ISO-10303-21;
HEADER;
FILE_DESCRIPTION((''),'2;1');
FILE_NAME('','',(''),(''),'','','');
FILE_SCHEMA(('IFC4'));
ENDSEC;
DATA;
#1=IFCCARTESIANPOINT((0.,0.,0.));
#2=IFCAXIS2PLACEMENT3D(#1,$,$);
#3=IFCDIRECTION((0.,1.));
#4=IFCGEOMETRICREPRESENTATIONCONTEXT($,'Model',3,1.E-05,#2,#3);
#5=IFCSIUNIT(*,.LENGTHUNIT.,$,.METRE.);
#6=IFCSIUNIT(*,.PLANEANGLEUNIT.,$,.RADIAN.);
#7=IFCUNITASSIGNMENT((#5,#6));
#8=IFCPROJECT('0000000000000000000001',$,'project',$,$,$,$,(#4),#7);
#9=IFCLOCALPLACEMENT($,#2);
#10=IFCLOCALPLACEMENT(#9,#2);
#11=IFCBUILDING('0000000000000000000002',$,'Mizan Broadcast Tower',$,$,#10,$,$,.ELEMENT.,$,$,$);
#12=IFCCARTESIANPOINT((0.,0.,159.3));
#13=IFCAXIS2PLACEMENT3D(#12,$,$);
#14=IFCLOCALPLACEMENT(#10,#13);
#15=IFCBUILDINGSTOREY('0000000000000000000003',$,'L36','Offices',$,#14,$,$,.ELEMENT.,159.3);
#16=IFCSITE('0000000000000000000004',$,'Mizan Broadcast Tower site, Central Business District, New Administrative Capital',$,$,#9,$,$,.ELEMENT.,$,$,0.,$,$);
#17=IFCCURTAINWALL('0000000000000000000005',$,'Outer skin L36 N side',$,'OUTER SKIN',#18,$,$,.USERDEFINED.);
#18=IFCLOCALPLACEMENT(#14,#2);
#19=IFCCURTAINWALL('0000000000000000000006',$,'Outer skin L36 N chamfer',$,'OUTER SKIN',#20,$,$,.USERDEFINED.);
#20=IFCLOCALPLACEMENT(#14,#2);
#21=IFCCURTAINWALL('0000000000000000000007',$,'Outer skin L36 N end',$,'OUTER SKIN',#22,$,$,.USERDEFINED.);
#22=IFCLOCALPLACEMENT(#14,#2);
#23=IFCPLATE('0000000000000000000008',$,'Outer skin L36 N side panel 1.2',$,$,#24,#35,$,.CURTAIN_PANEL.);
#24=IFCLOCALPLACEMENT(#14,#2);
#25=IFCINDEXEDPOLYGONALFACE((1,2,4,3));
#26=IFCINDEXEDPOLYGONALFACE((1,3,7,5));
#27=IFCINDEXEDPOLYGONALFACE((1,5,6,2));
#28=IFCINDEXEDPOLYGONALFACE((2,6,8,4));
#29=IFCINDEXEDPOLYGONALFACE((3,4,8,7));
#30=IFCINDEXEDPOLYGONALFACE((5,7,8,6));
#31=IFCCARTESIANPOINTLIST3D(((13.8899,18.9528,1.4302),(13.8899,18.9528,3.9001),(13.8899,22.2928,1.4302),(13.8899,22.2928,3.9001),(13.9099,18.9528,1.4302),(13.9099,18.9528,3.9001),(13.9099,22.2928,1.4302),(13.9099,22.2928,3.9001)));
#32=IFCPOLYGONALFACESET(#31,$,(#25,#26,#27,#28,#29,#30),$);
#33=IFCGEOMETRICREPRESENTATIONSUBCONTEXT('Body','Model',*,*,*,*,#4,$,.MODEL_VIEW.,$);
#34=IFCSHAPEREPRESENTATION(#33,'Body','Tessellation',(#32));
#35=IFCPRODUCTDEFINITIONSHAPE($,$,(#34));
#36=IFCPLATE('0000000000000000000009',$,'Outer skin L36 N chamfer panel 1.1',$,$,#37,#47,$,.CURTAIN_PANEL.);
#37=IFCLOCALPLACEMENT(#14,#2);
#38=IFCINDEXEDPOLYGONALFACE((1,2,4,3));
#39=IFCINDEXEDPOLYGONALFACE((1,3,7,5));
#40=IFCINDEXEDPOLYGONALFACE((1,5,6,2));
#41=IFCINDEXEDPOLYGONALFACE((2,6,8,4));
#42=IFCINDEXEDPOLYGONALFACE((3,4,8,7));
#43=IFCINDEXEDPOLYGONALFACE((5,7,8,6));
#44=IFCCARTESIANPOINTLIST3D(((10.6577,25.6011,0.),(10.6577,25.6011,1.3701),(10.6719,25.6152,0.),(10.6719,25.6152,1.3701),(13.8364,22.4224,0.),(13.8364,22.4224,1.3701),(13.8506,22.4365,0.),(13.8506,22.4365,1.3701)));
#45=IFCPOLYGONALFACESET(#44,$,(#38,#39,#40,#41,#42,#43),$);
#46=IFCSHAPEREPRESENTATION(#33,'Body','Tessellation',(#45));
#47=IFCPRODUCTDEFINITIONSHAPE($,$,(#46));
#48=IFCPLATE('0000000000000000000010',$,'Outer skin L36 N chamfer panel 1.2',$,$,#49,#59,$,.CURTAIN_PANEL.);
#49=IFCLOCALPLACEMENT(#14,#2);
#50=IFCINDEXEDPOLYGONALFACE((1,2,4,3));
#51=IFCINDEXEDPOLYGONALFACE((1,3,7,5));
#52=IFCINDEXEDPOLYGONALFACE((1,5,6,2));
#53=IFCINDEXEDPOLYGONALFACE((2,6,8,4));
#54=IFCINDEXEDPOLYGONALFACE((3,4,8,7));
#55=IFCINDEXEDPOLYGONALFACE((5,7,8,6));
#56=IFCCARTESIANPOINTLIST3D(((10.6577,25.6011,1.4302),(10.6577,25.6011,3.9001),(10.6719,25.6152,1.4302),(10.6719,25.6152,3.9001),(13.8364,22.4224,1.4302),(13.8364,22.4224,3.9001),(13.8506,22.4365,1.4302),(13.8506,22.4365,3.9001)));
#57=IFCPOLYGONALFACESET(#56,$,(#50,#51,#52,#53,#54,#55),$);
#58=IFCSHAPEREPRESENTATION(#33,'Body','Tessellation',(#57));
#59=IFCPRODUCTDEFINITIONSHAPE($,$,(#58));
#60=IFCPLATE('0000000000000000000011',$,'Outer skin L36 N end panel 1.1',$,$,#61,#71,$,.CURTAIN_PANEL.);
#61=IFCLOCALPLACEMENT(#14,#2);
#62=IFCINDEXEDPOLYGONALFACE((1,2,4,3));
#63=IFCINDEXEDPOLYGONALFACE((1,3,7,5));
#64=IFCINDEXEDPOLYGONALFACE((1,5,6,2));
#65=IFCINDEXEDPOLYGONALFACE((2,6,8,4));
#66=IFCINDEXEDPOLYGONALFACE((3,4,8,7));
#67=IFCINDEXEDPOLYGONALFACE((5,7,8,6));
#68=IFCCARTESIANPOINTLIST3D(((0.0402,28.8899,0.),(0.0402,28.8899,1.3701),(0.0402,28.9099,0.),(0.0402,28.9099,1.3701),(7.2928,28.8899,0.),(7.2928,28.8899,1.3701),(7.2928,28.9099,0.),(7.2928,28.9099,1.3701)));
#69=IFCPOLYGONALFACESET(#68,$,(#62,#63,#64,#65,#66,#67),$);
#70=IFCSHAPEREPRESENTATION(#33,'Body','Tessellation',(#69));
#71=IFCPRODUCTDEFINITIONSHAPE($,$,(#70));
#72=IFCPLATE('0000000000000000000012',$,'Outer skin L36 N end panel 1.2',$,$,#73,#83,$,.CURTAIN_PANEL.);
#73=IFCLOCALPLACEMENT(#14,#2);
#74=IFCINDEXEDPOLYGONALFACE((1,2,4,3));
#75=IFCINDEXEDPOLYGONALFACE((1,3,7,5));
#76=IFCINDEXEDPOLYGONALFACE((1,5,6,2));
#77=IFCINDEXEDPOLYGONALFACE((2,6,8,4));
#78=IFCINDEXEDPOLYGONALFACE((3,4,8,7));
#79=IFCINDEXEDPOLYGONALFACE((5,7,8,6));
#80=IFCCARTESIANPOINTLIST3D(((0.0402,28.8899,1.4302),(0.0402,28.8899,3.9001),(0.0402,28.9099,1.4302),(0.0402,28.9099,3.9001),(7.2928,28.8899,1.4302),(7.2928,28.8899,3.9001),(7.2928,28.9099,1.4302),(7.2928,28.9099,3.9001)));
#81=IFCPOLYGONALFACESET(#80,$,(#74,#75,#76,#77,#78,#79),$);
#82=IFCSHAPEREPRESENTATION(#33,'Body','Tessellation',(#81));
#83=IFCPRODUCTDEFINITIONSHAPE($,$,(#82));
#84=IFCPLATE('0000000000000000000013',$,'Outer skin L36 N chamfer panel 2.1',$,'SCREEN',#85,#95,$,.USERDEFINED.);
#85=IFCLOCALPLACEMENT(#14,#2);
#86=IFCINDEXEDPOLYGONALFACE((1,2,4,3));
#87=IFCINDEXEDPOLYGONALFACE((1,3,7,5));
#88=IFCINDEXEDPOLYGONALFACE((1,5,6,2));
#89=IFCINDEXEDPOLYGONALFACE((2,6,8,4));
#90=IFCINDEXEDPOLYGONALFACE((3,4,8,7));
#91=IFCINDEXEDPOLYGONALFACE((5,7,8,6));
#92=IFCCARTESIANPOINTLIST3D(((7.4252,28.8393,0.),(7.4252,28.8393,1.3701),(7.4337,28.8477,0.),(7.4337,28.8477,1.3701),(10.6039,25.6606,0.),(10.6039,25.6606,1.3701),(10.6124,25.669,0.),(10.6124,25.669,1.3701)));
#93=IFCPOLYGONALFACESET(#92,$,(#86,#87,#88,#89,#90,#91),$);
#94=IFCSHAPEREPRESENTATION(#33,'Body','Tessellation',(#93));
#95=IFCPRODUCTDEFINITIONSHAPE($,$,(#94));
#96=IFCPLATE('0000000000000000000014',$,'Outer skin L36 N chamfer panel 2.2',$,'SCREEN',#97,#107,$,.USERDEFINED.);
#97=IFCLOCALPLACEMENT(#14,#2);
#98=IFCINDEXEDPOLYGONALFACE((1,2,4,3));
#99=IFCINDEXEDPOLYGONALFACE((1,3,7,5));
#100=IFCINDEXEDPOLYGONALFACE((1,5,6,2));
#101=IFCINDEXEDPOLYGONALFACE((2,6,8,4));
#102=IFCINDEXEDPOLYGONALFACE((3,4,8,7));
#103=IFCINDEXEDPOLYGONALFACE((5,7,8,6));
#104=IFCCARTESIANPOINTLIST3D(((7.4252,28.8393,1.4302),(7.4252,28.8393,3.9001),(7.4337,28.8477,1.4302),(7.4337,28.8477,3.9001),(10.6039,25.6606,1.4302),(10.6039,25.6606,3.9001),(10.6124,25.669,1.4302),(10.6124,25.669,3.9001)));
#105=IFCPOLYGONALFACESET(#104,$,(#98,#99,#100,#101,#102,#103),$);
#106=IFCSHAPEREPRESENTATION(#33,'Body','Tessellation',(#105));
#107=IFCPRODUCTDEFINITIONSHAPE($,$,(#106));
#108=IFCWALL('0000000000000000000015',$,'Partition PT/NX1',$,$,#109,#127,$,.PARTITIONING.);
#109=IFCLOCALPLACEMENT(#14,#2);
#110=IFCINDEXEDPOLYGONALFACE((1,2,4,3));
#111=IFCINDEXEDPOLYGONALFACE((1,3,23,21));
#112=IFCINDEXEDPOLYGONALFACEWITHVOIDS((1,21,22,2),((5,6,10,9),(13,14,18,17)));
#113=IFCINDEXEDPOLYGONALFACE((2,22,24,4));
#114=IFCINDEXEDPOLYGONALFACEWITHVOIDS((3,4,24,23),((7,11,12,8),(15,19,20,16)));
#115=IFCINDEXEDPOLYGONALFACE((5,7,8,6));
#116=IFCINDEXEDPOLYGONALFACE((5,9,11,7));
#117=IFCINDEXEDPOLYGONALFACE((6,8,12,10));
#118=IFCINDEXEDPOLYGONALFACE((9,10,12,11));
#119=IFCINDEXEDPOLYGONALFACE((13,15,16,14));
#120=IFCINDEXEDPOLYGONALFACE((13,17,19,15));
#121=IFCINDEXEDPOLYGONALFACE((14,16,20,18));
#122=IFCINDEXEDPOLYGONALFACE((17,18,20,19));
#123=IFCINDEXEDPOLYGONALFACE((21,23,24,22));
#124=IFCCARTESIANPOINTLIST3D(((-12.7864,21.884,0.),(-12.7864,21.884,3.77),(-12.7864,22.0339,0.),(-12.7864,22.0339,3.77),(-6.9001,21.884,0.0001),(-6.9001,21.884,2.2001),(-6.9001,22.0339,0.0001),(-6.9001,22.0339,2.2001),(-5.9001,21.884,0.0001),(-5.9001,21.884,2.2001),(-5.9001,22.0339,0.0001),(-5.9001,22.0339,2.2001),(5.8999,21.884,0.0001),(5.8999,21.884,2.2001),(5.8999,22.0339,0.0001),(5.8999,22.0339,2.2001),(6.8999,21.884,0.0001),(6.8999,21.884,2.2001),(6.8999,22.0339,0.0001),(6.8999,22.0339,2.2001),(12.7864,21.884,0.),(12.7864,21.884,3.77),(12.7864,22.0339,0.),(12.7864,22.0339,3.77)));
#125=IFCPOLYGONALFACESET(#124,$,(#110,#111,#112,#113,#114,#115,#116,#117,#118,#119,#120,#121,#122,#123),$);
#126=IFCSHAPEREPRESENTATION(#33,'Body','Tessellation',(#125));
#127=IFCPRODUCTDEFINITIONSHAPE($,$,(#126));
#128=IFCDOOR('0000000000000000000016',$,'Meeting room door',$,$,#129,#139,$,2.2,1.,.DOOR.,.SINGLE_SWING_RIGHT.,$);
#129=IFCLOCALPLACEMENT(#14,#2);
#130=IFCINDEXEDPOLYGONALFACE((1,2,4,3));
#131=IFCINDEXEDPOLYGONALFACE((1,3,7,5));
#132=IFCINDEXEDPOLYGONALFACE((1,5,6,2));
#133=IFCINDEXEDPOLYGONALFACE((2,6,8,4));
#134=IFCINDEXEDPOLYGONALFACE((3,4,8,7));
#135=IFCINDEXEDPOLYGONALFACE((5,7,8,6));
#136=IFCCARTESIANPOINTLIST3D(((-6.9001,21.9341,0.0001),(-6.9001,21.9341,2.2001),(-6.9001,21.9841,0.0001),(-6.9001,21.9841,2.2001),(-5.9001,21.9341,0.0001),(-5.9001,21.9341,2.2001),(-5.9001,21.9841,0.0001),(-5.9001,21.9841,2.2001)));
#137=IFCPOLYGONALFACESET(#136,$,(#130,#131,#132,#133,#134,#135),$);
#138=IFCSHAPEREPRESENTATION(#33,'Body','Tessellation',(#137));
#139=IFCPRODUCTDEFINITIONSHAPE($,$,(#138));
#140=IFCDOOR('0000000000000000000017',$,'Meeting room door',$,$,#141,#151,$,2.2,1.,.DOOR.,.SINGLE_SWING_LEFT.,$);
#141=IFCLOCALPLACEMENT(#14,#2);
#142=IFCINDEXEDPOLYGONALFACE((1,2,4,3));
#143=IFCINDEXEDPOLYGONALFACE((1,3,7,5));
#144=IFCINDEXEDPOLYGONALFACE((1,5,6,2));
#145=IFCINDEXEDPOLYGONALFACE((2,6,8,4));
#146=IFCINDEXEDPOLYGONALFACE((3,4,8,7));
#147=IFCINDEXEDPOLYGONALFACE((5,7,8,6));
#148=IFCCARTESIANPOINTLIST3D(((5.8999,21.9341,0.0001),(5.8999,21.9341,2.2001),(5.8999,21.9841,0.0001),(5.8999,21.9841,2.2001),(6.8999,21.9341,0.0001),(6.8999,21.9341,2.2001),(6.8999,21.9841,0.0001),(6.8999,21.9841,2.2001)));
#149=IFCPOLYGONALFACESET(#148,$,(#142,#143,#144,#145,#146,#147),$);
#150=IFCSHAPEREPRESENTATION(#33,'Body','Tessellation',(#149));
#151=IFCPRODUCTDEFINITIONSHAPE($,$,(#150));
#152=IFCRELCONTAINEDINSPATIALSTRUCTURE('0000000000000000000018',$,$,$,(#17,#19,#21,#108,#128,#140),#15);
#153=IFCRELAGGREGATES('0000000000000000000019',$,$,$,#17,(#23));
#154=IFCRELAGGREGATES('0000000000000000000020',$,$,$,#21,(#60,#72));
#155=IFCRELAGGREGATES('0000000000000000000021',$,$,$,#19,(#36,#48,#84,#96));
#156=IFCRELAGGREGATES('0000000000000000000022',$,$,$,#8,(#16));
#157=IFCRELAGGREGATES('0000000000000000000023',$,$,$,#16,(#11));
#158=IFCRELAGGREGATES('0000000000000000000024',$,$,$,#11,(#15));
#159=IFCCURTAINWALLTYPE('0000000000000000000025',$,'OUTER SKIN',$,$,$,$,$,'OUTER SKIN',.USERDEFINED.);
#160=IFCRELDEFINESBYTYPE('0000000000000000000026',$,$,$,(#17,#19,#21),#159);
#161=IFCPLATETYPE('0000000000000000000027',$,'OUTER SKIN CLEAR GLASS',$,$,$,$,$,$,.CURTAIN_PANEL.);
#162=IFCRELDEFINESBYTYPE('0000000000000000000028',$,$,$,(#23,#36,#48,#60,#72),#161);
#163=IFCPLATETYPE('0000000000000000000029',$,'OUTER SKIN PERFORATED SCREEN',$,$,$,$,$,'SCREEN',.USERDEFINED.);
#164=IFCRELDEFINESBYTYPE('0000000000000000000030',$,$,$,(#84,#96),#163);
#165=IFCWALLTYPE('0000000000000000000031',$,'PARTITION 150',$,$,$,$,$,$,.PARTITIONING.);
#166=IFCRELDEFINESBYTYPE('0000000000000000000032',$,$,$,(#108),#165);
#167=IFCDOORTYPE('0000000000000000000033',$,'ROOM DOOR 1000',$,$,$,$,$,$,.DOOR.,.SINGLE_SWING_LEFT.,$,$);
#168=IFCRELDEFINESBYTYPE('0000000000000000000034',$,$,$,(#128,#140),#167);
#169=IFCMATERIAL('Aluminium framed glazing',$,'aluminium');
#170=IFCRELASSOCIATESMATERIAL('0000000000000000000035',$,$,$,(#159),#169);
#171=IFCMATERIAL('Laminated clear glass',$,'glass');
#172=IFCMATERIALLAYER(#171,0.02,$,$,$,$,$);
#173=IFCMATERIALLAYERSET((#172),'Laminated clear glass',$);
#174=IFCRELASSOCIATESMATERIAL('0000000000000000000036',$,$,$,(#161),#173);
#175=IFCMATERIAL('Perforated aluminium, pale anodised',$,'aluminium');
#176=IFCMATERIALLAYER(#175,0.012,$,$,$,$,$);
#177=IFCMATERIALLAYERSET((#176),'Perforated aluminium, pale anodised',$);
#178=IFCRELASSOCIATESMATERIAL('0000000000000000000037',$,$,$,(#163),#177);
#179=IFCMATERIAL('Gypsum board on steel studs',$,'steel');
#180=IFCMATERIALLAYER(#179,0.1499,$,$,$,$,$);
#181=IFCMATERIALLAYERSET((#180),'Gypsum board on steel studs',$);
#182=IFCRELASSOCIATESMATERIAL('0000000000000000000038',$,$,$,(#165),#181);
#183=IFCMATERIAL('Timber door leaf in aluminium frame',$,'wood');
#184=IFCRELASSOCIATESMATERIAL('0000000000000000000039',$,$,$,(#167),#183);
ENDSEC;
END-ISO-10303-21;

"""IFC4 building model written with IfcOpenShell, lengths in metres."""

from ifc_helpers import new_model, si_unit, direction, frame, frame_2d, origin, origin_2d, place, context, subcontext, project, spatial, rectangle, extrude, material, layer, layer_set, type_object, element, fill, aggregate, save


model = new_model("IFC4")

# Units and contexts
model_context = context("Model", 3, precision=1e-05, world=origin(), true_north=direction((0.0, 1.0)))
body_context = subcontext(model_context, "Body", "Model", "MODEL_VIEW")
ifc_project = project(units=[si_unit("LENGTHUNIT", "METRE"), si_unit("PLANEANGLEUNIT", "RADIAN")], contexts=[model_context])

# Site, building, storey
site_placement = place(None, origin())
site = spatial("IfcSite", under=ifc_project, at=site_placement, Name="Mizan Broadcast Tower site, Central Business District, New Administrative Capital", CompositionType="ELEMENT", RefElevation=0.0)
building_placement = place(site_placement, origin())
building = spatial("IfcBuilding", under=site, at=building_placement, Name="Mizan Broadcast Tower", CompositionType="ELEMENT")
storey_placement = place(building_placement, frame((0.0, 0.0, 159.3)))
storey = spatial("IfcBuildingStorey", under=building, at=storey_placement, Name="L36", Description="Offices", CompositionType="ELEMENT", Elevation=159.3)

# Curtain wall
ifc_material_1 = material(Name="Aluminium framed glazing", Category="aluminium")
curtain_wall_type_1 = type_object("IfcCurtainWallType", Name="OUTER SKIN", ElementType="OUTER SKIN", PredefinedType="USERDEFINED", material=ifc_material_1)
curtain_wall_1_placement = place(storey_placement, origin())
curtain_wall_1 = element("IfcCurtainWall", 1, at=curtain_wall_1_placement, inside=storey, type_object=curtain_wall_type_1, Name="Outer skin L36 N side", ObjectType="OUTER SKIN", PredefinedType="USERDEFINED")

# Curtain wall
curtain_wall_2_placement = place(storey_placement, origin())
curtain_wall_2 = element("IfcCurtainWall", 2, at=curtain_wall_2_placement, inside=storey, type_object=curtain_wall_type_1, Name="Outer skin L36 N chamfer", ObjectType="OUTER SKIN", PredefinedType="USERDEFINED")

# Curtain wall
curtain_wall_3_placement = place(storey_placement, origin())
curtain_wall_3 = element("IfcCurtainWall", 3, at=curtain_wall_3_placement, inside=storey, type_object=curtain_wall_type_1, Name="Outer skin L36 N end", ObjectType="OUTER SKIN", PredefinedType="USERDEFINED")

# Plates
ifc_material_2 = material(Name="Laminated clear glass", Category="glass")
ifc_layer_1 = layer(ifc_material_2, 0.02)
ifc_layer_set_1 = layer_set([ifc_layer_1], Name="Laminated clear glass")
plate_type_1 = type_object("IfcPlateType", Name="OUTER SKIN CLEAR GLASS", PredefinedType="CURTAIN_PANEL", material=ifc_layer_set_1)
plate_1_placement = place(storey_placement, frame((13.8999, 20.6228, 1.4302), z_axis=(0.0, 0.0, 1.0), x_axis=(0.0, 1.0, 0.0)))
plate_1 = element("IfcPlate", 4, at=plate_1_placement, type_object=plate_type_1, Name="Outer skin L36 N side panel 1.2", PredefinedType="CURTAIN_PANEL", context=body_context, shape_type="SweptSolid", body=[
    extrude(rectangle(XDim=3.3401, YDim=0.02, at=origin_2d()), origin(), (0.0, 0.0, 1.0), 2.47),
])
aggregate(curtain_wall_1, [plate_1])
plate_2_placement = place(storey_placement, frame((12.2542, 24.0188, 0.0), z_axis=(0.0, 0.0, 1.0), x_axis=(-0.707107, 0.707107, 0.0)))
plate_2 = element("IfcPlate", 5, at=plate_2_placement, type_object=plate_type_1, Name="Outer skin L36 N chamfer panel 1.1", PredefinedType="CURTAIN_PANEL", context=body_context, shape_type="SweptSolid", body=[
    extrude(rectangle(XDim=4.4954, YDim=0.02, at=origin_2d()), origin(), (0.0, 0.0, 1.0), 1.3701),
])
plate_3_placement = place(storey_placement, frame((12.2542, 24.0188, 1.4302), z_axis=(0.0, 0.0, 1.0), x_axis=(-0.707107, 0.707107, 0.0)))
plate_3 = element("IfcPlate", 6, at=plate_3_placement, type_object=plate_type_1, Name="Outer skin L36 N chamfer panel 1.2", PredefinedType="CURTAIN_PANEL", context=body_context, shape_type="SweptSolid", body=[
    extrude(rectangle(XDim=4.4954, YDim=0.02, at=origin_2d()), origin(), (0.0, 0.0, 1.0), 2.47),
])
plate_4_placement = place(storey_placement, frame((3.6665, 28.8999, 0.0), z_axis=(0.0, 0.0, 1.0), x_axis=(-1.0, 0.0, 0.0)))
plate_4 = element("IfcPlate", 7, at=plate_4_placement, type_object=plate_type_1, Name="Outer skin L36 N end panel 1.1", PredefinedType="CURTAIN_PANEL", context=body_context, shape_type="SweptSolid", body=[
    extrude(rectangle(XDim=7.2527, YDim=0.02, at=origin_2d()), origin(), (0.0, 0.0, 1.0), 1.3701),
])
plate_5_placement = place(storey_placement, frame((3.6665, 28.8999, 1.4302), z_axis=(0.0, 0.0, 1.0), x_axis=(-1.0, 0.0, 0.0)))
plate_5 = element("IfcPlate", 8, at=plate_5_placement, type_object=plate_type_1, Name="Outer skin L36 N end panel 1.2", PredefinedType="CURTAIN_PANEL", context=body_context, shape_type="SweptSolid", body=[
    extrude(rectangle(XDim=7.2527, YDim=0.02, at=origin_2d()), origin(), (0.0, 0.0, 1.0), 2.47),
])
aggregate(curtain_wall_3, [plate_4, plate_5])
ifc_material_3 = material(Name="Perforated aluminium, pale anodised", Category="aluminium")
ifc_layer_2 = layer(ifc_material_3, 0.012)
ifc_layer_set_2 = layer_set([ifc_layer_2], Name="Perforated aluminium, pale anodised")
plate_type_2 = type_object("IfcPlateType", Name="OUTER SKIN PERFORATED SCREEN", ElementType="SCREEN", PredefinedType="USERDEFINED", material=ifc_layer_set_2)
plate_6_placement = place(storey_placement, frame((9.0188, 27.2542, 0.0), z_axis=(0.0, 0.0, 1.0), x_axis=(-0.707107, 0.707107, 0.0)))
plate_6 = element("IfcPlate", 9, at=plate_6_placement, type_object=plate_type_2, Name="Outer skin L36 N chamfer panel 2.1", ObjectType="SCREEN", PredefinedType="USERDEFINED", context=body_context, shape_type="SweptSolid", body=[
    extrude(rectangle(XDim=4.4954, YDim=0.012, at=origin_2d()), origin(), (0.0, 0.0, 1.0), 1.3701),
])
plate_7_placement = place(storey_placement, frame((9.0188, 27.2542, 1.4302), z_axis=(0.0, 0.0, 1.0), x_axis=(-0.707107, 0.707107, 0.0)))
plate_7 = element("IfcPlate", 10, at=plate_7_placement, type_object=plate_type_2, Name="Outer skin L36 N chamfer panel 2.2", ObjectType="SCREEN", PredefinedType="USERDEFINED", context=body_context, shape_type="SweptSolid", body=[
    extrude(rectangle(XDim=4.4954, YDim=0.012, at=origin_2d()), origin(), (0.0, 0.0, 1.0), 2.47),
])
aggregate(curtain_wall_2, [plate_2, plate_3, plate_6, plate_7])

# Wall, openings, doors
ifc_material_4 = material(Name="Gypsum board on steel studs", Category="steel")
ifc_layer_3 = layer(ifc_material_4, 0.1499)
ifc_layer_set_3 = layer_set([ifc_layer_3], Name="Gypsum board on steel studs")
wall_type = type_object("IfcWallType", Name="PARTITION 150", PredefinedType="PARTITIONING", material=ifc_layer_set_3)
wall_placement = place(storey_placement, frame((12.7864, 21.959, 0.0), z_axis=(0.0, 0.0, 1.0), x_axis=(-1.0, 0.0, 0.0)))
wall = element("IfcWall", 11, at=wall_placement, inside=storey, type_object=wall_type, Name="Partition PT/NX1", PredefinedType="PARTITIONING", context=body_context, shape_type="SweptSolid", body=[
    extrude(rectangle(XDim=25.5728, YDim=0.1499, at=frame_2d((12.7864, 0.0))), origin(), (0.0, 0.0, 1.0), 3.77),
])
opening_1_placement = place(wall_placement, frame((18.6865, 0.0, 0.0)))
opening_1 = element("IfcOpeningElement", 12, at=opening_1_placement, cuts=wall, PredefinedType="OPENING", context=body_context, shape_type="SweptSolid", body=[
    extrude(rectangle(XDim=1.0, YDim=2.2, at=frame_2d((0.5, 1.1001))), frame((0.0, 0.085, 0.0), z_axis=(0.0, -1.0, 0.0), x_axis=(1.0, 0.0, 0.0)), (0.0, 0.0, 1.0), 0.1699),
])
opening_2_placement = place(wall_placement, frame((5.8865, 0.0, 0.0)))
opening_2 = element("IfcOpeningElement", 13, at=opening_2_placement, cuts=wall, PredefinedType="OPENING", context=body_context, shape_type="SweptSolid", body=[
    extrude(rectangle(XDim=1.0, YDim=2.2, at=frame_2d((0.5, 1.1001))), frame((0.0, 0.085, 0.0), z_axis=(0.0, -1.0, 0.0), x_axis=(1.0, 0.0, 0.0)), (0.0, 0.0, 1.0), 0.1699),
])
ifc_material_5 = material(Name="Timber door leaf in aluminium frame", Category="wood")
door_type = type_object("IfcDoorType", Name="ROOM DOOR 1000", OperationType="SINGLE_SWING_LEFT", PredefinedType="DOOR", material=ifc_material_5)
door_1_placement = place(opening_1_placement, origin())
door_1 = element("IfcDoor", 14, at=door_1_placement, inside=storey, type_object=door_type, Name="Meeting room door", OperationType="SINGLE_SWING_RIGHT", OverallHeight=2.2, OverallWidth=1.0, PredefinedType="DOOR", context=body_context, shape_type="SweptSolid", body=[
    extrude(rectangle(XDim=1.0, YDim=2.2, at=frame_2d((0.5, 1.1001))), frame((0.0, 0.0249, 0.0), z_axis=(0.0, -1.0, 0.0), x_axis=(1.0, 0.0, 0.0)), (0.0, 0.0, 1.0), 0.05),
])
fill(opening_1, door_1)
door_2_placement = place(opening_2_placement, origin())
door_2 = element("IfcDoor", 15, at=door_2_placement, inside=storey, type_object=door_type, Name="Meeting room door", OperationType="SINGLE_SWING_LEFT", OverallHeight=2.2, OverallWidth=1.0, PredefinedType="DOOR", context=body_context, shape_type="SweptSolid", body=[
    extrude(rectangle(XDim=1.0, YDim=2.2, at=frame_2d((0.5, 1.1001))), frame((0.0, 0.0249, 0.0), z_axis=(0.0, -1.0, 0.0), x_axis=(1.0, 0.0, 0.0)), (0.0, 0.0, 1.0), 0.05),
])
fill(opening_2, door_2)

save(model, "model.ifc")
